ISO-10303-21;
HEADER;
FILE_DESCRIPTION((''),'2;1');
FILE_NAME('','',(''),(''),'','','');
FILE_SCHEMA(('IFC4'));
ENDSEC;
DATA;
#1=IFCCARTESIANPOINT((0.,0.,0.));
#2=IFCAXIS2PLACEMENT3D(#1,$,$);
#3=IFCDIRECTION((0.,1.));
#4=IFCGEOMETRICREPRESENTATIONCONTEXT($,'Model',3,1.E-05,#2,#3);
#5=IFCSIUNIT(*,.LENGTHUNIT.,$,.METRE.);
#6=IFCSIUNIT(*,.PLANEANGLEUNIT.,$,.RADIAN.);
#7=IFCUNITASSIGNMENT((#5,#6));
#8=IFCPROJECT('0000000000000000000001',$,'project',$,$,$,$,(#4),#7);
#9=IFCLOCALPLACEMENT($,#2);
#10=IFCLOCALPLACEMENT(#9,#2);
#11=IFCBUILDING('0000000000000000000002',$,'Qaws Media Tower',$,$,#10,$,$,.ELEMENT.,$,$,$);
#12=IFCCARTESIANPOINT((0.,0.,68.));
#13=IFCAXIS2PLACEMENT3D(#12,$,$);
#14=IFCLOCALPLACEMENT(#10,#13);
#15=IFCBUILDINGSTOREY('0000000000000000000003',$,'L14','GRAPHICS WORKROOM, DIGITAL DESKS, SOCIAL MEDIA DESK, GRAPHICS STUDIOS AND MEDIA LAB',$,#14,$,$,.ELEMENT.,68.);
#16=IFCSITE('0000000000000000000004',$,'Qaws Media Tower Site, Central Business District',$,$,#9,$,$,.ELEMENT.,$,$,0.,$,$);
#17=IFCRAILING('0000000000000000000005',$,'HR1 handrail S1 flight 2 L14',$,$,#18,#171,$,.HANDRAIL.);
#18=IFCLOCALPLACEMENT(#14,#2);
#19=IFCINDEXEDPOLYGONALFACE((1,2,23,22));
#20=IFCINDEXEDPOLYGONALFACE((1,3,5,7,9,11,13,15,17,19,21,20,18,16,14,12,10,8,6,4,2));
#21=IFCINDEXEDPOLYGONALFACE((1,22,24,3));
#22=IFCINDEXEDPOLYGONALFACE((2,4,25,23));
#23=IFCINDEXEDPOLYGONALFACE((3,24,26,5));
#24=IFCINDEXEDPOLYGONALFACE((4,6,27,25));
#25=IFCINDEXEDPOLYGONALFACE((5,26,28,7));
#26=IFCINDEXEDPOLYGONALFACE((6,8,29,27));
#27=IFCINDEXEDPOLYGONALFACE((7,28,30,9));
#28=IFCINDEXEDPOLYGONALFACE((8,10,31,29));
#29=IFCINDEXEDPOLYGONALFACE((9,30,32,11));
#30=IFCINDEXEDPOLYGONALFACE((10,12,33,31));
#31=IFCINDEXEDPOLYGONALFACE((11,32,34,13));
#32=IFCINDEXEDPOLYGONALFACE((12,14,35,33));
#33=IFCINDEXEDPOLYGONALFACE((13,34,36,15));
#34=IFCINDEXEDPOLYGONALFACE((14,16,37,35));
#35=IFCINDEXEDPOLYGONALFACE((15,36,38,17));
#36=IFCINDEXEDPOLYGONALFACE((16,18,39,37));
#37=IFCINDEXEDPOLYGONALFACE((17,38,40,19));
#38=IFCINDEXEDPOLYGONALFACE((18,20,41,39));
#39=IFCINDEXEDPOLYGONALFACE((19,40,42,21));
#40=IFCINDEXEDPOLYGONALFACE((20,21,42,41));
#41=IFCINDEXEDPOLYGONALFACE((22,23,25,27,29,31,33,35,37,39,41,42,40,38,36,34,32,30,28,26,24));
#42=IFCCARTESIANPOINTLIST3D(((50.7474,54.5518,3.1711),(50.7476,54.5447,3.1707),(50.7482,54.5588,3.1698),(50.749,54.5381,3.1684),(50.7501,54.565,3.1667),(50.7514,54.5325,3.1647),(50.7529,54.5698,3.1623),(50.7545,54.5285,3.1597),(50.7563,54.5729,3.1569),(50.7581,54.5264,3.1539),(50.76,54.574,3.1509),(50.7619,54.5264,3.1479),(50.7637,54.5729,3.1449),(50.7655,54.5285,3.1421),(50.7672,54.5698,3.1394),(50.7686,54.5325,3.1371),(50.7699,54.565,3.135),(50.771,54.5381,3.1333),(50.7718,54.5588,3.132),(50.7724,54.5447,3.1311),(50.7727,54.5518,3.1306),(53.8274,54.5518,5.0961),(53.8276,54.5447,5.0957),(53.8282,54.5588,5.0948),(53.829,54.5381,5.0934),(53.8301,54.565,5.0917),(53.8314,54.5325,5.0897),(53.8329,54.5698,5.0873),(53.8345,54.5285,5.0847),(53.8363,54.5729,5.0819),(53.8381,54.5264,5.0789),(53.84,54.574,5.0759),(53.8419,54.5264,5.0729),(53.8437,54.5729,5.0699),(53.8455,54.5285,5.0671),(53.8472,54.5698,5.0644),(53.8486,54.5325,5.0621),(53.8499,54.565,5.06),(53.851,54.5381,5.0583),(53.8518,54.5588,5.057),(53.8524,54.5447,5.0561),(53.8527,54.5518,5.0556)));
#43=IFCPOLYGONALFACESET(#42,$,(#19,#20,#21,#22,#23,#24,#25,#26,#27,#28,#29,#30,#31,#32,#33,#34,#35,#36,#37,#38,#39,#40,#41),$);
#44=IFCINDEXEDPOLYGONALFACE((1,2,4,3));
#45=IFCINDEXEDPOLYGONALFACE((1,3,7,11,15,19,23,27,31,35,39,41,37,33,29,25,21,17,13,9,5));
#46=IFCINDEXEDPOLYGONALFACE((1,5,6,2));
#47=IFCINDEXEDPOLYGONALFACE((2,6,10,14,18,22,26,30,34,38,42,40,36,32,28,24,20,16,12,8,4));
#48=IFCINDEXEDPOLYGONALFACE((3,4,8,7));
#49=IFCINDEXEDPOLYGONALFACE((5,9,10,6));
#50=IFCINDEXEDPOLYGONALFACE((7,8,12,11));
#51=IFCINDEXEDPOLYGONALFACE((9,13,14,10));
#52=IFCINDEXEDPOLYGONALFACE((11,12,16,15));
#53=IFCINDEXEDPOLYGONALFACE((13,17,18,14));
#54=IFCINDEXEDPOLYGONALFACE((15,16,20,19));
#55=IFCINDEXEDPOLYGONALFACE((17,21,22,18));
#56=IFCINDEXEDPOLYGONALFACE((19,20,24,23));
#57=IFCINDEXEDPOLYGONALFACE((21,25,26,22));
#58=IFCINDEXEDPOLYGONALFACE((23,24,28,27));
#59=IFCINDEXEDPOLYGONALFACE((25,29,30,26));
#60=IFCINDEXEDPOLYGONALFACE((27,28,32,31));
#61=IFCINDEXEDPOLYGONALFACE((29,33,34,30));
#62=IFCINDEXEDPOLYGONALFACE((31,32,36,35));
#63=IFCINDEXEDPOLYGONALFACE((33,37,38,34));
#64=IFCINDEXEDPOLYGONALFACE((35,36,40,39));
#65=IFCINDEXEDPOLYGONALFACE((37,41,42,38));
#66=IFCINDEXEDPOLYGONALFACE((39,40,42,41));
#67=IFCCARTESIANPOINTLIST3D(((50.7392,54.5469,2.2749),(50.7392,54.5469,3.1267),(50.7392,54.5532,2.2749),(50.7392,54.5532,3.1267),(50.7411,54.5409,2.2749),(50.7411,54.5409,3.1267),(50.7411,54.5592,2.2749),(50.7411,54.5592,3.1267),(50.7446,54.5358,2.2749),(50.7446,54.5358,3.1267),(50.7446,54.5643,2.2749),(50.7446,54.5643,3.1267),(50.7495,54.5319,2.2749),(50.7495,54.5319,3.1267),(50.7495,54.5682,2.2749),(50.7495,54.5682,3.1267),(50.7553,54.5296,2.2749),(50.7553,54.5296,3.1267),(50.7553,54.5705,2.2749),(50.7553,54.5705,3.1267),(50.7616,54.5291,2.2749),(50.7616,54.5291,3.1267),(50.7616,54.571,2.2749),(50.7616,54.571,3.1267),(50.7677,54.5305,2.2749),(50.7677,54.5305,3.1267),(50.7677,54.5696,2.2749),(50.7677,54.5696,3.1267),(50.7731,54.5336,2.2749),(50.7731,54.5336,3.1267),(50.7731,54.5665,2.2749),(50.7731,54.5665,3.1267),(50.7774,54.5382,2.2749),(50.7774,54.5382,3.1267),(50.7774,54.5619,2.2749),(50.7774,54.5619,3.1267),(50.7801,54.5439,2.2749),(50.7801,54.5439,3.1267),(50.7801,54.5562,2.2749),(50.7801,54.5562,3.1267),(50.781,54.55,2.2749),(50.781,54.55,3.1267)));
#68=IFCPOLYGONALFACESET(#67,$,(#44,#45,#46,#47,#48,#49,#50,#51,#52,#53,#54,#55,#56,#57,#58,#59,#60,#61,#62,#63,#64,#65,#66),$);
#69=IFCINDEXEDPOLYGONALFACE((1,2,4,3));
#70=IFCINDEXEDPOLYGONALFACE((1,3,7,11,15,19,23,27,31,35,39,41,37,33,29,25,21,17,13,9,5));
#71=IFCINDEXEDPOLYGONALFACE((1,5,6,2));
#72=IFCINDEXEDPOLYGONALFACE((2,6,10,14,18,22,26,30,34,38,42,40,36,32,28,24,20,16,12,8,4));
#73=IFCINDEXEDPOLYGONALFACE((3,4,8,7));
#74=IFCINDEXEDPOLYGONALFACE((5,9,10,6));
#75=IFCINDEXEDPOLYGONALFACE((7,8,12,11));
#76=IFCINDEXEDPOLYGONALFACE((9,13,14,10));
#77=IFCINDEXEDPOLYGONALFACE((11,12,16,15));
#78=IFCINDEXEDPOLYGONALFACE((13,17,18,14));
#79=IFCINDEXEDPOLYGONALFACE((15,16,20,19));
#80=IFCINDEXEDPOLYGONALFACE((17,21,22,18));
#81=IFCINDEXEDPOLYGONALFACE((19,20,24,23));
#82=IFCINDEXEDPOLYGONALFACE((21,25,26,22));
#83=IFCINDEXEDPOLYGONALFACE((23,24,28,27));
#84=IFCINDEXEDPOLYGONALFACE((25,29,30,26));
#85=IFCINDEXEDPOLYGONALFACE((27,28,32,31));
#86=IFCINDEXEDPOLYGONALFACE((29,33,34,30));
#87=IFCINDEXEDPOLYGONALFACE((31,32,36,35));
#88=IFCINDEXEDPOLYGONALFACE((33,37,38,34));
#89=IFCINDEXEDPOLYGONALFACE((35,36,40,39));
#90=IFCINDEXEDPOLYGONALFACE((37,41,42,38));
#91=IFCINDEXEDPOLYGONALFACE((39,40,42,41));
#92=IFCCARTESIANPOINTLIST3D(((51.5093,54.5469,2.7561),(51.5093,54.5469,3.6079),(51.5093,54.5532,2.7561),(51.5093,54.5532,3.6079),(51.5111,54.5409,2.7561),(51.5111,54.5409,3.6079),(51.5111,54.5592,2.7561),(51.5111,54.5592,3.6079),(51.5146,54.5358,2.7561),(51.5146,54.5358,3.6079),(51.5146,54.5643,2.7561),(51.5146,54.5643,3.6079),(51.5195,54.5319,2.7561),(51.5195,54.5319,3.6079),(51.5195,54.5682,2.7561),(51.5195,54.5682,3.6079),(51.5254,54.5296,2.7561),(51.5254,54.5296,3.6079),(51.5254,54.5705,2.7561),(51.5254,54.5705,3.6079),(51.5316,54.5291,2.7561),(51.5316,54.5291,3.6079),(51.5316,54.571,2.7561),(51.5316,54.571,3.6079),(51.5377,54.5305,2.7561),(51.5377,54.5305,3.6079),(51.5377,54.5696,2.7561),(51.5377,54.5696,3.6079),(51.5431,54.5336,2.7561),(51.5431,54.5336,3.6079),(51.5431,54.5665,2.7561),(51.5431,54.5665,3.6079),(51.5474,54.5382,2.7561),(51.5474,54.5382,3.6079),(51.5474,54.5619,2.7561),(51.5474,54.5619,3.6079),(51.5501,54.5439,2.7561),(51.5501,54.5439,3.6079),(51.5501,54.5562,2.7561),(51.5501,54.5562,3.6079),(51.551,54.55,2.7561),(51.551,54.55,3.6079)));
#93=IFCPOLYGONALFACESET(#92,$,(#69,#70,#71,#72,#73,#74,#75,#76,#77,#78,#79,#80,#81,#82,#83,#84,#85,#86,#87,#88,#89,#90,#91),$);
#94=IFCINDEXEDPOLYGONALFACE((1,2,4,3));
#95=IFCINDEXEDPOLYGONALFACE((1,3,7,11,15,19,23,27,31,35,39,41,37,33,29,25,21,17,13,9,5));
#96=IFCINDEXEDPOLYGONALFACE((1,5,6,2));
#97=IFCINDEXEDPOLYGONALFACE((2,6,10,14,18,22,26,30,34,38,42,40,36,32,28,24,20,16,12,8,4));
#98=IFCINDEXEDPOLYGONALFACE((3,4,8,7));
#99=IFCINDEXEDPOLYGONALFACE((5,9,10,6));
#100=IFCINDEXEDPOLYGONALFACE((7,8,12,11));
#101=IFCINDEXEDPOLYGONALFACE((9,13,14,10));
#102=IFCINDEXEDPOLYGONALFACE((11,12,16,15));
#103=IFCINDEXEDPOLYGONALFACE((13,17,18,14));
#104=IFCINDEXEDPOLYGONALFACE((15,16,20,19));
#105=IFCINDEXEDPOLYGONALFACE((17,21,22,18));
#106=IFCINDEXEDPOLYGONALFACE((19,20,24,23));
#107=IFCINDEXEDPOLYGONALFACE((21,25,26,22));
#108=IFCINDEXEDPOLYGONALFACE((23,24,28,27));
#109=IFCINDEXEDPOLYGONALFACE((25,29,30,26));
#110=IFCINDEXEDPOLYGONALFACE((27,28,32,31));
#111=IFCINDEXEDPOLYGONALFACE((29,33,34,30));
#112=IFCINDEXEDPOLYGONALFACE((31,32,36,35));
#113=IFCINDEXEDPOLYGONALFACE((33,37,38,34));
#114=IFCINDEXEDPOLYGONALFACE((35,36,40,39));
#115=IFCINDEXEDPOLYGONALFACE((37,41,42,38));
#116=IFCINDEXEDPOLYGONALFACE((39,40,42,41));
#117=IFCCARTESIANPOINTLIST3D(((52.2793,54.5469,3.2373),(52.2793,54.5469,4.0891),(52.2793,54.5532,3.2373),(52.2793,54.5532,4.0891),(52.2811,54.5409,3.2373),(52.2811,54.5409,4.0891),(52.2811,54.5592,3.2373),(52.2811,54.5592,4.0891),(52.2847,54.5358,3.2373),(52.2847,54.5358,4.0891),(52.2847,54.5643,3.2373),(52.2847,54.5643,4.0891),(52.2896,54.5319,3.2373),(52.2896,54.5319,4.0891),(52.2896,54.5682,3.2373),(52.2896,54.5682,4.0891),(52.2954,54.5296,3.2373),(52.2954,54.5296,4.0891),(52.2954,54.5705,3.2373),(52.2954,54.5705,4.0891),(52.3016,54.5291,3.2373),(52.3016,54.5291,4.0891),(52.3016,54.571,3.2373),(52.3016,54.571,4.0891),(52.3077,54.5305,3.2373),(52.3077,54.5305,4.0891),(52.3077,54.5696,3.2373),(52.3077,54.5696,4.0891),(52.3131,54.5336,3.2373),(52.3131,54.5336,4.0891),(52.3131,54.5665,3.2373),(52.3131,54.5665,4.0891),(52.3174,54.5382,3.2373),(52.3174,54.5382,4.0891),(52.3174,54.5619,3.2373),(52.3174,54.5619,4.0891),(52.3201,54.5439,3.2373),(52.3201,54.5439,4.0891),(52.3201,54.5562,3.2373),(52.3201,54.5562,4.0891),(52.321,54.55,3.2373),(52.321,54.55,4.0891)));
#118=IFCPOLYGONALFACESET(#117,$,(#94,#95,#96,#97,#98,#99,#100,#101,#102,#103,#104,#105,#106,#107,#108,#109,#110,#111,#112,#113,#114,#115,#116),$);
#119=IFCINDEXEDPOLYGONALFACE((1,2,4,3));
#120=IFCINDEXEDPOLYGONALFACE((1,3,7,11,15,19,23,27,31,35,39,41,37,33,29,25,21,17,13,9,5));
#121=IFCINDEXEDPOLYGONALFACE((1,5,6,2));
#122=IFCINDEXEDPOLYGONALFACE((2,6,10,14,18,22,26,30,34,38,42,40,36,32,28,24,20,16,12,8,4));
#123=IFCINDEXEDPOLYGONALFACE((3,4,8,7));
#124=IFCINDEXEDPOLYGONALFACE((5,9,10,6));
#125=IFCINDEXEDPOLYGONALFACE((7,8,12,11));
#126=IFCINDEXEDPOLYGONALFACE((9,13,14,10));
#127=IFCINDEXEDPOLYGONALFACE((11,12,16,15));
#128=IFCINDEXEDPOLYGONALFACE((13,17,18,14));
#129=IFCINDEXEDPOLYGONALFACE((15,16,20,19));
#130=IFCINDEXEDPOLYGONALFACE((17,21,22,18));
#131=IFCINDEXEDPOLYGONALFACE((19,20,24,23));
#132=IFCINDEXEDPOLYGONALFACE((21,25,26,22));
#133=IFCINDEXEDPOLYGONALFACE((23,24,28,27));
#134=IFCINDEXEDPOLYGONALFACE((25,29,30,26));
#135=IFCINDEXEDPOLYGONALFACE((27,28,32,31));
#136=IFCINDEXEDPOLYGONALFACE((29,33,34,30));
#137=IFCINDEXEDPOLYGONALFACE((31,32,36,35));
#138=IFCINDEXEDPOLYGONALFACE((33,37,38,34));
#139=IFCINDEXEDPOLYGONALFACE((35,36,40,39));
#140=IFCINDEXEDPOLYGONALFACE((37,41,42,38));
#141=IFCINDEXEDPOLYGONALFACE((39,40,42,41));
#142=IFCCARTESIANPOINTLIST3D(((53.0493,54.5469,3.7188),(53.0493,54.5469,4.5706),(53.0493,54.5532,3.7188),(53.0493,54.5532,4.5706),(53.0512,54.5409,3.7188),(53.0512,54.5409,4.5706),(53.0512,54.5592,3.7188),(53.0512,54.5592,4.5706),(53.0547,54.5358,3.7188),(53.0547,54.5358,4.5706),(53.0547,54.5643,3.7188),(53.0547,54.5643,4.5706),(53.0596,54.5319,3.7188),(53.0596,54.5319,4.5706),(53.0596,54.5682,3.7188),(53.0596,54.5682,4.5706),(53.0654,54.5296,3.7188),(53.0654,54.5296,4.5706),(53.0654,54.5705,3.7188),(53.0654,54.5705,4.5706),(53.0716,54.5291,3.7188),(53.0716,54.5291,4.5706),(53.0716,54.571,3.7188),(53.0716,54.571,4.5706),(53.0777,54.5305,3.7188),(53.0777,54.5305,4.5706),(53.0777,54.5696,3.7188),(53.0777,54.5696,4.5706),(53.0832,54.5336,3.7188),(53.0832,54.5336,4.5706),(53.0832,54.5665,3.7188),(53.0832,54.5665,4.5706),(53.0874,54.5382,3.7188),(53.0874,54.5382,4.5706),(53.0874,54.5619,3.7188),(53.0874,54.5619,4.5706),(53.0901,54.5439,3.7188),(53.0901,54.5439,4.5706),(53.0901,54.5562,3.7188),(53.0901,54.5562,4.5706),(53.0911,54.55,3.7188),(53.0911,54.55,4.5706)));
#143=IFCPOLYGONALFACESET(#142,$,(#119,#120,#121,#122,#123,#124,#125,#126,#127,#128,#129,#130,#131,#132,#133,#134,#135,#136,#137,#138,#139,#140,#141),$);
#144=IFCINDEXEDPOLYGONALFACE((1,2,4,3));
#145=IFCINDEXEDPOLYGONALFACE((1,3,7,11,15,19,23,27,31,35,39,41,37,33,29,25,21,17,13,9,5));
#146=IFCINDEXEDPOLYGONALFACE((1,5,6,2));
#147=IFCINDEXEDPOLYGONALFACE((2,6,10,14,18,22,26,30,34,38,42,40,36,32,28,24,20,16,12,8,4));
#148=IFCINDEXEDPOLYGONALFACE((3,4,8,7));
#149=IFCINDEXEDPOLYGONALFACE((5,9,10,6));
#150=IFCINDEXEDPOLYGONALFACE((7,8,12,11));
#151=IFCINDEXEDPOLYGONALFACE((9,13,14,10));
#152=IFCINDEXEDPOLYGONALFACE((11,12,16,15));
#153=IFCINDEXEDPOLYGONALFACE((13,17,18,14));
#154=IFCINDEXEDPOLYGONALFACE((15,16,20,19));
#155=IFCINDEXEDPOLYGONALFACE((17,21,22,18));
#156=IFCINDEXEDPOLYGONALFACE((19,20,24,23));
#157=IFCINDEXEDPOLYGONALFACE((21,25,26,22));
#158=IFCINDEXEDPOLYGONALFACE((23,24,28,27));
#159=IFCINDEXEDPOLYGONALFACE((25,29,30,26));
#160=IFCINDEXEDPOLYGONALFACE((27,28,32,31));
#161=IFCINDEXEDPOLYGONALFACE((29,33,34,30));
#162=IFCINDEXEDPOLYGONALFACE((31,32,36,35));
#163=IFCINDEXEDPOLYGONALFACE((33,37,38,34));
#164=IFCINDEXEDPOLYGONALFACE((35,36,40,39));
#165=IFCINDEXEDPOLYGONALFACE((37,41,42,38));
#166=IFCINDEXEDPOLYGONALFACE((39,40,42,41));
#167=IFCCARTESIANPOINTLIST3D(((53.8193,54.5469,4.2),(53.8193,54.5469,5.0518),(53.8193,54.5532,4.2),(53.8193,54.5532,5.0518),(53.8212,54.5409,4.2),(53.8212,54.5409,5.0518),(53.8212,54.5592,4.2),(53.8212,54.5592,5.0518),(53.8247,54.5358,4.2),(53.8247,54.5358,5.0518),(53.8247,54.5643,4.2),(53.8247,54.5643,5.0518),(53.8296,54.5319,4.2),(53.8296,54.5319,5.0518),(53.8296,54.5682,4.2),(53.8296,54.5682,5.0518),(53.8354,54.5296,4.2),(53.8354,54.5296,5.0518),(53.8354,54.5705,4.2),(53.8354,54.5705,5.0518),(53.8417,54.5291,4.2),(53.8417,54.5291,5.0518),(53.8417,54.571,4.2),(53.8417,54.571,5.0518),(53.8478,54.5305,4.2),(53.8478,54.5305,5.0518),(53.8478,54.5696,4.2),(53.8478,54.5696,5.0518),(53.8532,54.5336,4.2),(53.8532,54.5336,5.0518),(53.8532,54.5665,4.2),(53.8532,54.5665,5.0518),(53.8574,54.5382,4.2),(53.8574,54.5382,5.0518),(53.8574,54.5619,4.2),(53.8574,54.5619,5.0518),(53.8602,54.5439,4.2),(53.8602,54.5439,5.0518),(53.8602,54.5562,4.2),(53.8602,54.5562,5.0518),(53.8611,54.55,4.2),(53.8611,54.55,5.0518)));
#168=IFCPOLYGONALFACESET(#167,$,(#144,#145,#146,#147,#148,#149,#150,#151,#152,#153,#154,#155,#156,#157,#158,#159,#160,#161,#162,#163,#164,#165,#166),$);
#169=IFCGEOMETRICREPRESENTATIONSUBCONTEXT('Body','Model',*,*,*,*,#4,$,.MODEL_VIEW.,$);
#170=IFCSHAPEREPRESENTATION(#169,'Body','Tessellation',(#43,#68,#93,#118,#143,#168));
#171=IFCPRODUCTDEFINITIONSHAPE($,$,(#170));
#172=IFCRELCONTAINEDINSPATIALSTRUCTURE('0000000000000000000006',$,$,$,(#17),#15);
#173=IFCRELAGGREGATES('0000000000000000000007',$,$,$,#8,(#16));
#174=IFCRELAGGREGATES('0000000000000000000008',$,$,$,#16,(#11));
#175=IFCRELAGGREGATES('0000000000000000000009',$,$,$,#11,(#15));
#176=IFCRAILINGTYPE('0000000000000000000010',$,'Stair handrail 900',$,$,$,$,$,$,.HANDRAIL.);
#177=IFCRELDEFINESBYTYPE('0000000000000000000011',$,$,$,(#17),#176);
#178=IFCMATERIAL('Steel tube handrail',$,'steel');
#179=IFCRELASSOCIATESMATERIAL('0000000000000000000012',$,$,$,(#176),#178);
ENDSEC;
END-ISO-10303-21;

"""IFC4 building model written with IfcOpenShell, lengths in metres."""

from ifc_helpers import new_model, si_unit, direction, frame, origin, origin_2d, place, context, subcontext, project, spatial, circle, extrude, material, type_object, element, save


model = new_model("IFC4")

# Units and contexts
model_context = context("Model", 3, precision=1e-05, world=origin(), true_north=direction((0.0, 1.0)))
body_context = subcontext(model_context, "Body", "Model", "MODEL_VIEW")
ifc_project = project(units=[si_unit("LENGTHUNIT", "METRE"), si_unit("PLANEANGLEUNIT", "RADIAN")], contexts=[model_context])

# Site, building, storey
site_placement = place(None, origin())
site = spatial("IfcSite", under=ifc_project, at=site_placement, Name="Qaws Media Tower Site, Central Business District", CompositionType="ELEMENT", RefElevation=0.0)
building_placement = place(site_placement, origin())
building = spatial("IfcBuilding", under=site, at=building_placement, Name="Qaws Media Tower", CompositionType="ELEMENT")
storey_placement = place(building_placement, frame((0.0, 0.0, 68.0)))
storey = spatial("IfcBuildingStorey", under=building, at=storey_placement, Name="L14", Description="GRAPHICS WORKROOM, DIGITAL DESKS, SOCIAL MEDIA DESK, GRAPHICS STUDIOS AND MEDIA LAB", CompositionType="ELEMENT", Elevation=68.0)

# Railing
ifc_material_1 = material(Name="Steel tube handrail", Category="steel")
railing_type = type_object("IfcRailingType", Name="Stair handrail 900", PredefinedType="HANDRAIL", material=ifc_material_1)
for number, where, name in (
    (1, (50.76, 54.55, 2.2749), "HR1 handrail S1 flight 2 L14"),
):
    element("IfcRailing", number, at=place(storey_placement, frame(where)), inside=storey, type_object=railing_type, Name=name, PredefinedType="HANDRAIL", context=body_context, shape_type="SweptSolid", body=[
        extrude(circle(Radius=0.0239, at=origin_2d()), frame((0.0, 0.0, 0.876), z_axis=(0.847998, 0.0, 0.529999), x_axis=(0.0, 1.0, 0.0)), (0.0, 0.0, 1.0), 3.6321),
        extrude(circle(Radius=0.021, at=origin_2d()), origin(), (0.0, 0.0, 1.0), 0.8518),
        extrude(circle(Radius=0.021, at=origin_2d()), frame((0.77, 0.0, 0.4812)), (0.0, 0.0, 1.0), 0.8518),
        extrude(circle(Radius=0.021, at=origin_2d()), frame((1.54, 0.0, 0.9624)), (0.0, 0.0, 1.0), 0.8518),
        extrude(circle(Radius=0.021, at=origin_2d()), frame((2.3101, 0.0, 1.4438)), (0.0, 0.0, 1.0), 0.8518),
        extrude(circle(Radius=0.021, at=origin_2d()), frame((3.0801, 0.0, 1.925)), (0.0, 0.0, 1.0), 0.8518),
    ])

save(model, "model.ifc")
